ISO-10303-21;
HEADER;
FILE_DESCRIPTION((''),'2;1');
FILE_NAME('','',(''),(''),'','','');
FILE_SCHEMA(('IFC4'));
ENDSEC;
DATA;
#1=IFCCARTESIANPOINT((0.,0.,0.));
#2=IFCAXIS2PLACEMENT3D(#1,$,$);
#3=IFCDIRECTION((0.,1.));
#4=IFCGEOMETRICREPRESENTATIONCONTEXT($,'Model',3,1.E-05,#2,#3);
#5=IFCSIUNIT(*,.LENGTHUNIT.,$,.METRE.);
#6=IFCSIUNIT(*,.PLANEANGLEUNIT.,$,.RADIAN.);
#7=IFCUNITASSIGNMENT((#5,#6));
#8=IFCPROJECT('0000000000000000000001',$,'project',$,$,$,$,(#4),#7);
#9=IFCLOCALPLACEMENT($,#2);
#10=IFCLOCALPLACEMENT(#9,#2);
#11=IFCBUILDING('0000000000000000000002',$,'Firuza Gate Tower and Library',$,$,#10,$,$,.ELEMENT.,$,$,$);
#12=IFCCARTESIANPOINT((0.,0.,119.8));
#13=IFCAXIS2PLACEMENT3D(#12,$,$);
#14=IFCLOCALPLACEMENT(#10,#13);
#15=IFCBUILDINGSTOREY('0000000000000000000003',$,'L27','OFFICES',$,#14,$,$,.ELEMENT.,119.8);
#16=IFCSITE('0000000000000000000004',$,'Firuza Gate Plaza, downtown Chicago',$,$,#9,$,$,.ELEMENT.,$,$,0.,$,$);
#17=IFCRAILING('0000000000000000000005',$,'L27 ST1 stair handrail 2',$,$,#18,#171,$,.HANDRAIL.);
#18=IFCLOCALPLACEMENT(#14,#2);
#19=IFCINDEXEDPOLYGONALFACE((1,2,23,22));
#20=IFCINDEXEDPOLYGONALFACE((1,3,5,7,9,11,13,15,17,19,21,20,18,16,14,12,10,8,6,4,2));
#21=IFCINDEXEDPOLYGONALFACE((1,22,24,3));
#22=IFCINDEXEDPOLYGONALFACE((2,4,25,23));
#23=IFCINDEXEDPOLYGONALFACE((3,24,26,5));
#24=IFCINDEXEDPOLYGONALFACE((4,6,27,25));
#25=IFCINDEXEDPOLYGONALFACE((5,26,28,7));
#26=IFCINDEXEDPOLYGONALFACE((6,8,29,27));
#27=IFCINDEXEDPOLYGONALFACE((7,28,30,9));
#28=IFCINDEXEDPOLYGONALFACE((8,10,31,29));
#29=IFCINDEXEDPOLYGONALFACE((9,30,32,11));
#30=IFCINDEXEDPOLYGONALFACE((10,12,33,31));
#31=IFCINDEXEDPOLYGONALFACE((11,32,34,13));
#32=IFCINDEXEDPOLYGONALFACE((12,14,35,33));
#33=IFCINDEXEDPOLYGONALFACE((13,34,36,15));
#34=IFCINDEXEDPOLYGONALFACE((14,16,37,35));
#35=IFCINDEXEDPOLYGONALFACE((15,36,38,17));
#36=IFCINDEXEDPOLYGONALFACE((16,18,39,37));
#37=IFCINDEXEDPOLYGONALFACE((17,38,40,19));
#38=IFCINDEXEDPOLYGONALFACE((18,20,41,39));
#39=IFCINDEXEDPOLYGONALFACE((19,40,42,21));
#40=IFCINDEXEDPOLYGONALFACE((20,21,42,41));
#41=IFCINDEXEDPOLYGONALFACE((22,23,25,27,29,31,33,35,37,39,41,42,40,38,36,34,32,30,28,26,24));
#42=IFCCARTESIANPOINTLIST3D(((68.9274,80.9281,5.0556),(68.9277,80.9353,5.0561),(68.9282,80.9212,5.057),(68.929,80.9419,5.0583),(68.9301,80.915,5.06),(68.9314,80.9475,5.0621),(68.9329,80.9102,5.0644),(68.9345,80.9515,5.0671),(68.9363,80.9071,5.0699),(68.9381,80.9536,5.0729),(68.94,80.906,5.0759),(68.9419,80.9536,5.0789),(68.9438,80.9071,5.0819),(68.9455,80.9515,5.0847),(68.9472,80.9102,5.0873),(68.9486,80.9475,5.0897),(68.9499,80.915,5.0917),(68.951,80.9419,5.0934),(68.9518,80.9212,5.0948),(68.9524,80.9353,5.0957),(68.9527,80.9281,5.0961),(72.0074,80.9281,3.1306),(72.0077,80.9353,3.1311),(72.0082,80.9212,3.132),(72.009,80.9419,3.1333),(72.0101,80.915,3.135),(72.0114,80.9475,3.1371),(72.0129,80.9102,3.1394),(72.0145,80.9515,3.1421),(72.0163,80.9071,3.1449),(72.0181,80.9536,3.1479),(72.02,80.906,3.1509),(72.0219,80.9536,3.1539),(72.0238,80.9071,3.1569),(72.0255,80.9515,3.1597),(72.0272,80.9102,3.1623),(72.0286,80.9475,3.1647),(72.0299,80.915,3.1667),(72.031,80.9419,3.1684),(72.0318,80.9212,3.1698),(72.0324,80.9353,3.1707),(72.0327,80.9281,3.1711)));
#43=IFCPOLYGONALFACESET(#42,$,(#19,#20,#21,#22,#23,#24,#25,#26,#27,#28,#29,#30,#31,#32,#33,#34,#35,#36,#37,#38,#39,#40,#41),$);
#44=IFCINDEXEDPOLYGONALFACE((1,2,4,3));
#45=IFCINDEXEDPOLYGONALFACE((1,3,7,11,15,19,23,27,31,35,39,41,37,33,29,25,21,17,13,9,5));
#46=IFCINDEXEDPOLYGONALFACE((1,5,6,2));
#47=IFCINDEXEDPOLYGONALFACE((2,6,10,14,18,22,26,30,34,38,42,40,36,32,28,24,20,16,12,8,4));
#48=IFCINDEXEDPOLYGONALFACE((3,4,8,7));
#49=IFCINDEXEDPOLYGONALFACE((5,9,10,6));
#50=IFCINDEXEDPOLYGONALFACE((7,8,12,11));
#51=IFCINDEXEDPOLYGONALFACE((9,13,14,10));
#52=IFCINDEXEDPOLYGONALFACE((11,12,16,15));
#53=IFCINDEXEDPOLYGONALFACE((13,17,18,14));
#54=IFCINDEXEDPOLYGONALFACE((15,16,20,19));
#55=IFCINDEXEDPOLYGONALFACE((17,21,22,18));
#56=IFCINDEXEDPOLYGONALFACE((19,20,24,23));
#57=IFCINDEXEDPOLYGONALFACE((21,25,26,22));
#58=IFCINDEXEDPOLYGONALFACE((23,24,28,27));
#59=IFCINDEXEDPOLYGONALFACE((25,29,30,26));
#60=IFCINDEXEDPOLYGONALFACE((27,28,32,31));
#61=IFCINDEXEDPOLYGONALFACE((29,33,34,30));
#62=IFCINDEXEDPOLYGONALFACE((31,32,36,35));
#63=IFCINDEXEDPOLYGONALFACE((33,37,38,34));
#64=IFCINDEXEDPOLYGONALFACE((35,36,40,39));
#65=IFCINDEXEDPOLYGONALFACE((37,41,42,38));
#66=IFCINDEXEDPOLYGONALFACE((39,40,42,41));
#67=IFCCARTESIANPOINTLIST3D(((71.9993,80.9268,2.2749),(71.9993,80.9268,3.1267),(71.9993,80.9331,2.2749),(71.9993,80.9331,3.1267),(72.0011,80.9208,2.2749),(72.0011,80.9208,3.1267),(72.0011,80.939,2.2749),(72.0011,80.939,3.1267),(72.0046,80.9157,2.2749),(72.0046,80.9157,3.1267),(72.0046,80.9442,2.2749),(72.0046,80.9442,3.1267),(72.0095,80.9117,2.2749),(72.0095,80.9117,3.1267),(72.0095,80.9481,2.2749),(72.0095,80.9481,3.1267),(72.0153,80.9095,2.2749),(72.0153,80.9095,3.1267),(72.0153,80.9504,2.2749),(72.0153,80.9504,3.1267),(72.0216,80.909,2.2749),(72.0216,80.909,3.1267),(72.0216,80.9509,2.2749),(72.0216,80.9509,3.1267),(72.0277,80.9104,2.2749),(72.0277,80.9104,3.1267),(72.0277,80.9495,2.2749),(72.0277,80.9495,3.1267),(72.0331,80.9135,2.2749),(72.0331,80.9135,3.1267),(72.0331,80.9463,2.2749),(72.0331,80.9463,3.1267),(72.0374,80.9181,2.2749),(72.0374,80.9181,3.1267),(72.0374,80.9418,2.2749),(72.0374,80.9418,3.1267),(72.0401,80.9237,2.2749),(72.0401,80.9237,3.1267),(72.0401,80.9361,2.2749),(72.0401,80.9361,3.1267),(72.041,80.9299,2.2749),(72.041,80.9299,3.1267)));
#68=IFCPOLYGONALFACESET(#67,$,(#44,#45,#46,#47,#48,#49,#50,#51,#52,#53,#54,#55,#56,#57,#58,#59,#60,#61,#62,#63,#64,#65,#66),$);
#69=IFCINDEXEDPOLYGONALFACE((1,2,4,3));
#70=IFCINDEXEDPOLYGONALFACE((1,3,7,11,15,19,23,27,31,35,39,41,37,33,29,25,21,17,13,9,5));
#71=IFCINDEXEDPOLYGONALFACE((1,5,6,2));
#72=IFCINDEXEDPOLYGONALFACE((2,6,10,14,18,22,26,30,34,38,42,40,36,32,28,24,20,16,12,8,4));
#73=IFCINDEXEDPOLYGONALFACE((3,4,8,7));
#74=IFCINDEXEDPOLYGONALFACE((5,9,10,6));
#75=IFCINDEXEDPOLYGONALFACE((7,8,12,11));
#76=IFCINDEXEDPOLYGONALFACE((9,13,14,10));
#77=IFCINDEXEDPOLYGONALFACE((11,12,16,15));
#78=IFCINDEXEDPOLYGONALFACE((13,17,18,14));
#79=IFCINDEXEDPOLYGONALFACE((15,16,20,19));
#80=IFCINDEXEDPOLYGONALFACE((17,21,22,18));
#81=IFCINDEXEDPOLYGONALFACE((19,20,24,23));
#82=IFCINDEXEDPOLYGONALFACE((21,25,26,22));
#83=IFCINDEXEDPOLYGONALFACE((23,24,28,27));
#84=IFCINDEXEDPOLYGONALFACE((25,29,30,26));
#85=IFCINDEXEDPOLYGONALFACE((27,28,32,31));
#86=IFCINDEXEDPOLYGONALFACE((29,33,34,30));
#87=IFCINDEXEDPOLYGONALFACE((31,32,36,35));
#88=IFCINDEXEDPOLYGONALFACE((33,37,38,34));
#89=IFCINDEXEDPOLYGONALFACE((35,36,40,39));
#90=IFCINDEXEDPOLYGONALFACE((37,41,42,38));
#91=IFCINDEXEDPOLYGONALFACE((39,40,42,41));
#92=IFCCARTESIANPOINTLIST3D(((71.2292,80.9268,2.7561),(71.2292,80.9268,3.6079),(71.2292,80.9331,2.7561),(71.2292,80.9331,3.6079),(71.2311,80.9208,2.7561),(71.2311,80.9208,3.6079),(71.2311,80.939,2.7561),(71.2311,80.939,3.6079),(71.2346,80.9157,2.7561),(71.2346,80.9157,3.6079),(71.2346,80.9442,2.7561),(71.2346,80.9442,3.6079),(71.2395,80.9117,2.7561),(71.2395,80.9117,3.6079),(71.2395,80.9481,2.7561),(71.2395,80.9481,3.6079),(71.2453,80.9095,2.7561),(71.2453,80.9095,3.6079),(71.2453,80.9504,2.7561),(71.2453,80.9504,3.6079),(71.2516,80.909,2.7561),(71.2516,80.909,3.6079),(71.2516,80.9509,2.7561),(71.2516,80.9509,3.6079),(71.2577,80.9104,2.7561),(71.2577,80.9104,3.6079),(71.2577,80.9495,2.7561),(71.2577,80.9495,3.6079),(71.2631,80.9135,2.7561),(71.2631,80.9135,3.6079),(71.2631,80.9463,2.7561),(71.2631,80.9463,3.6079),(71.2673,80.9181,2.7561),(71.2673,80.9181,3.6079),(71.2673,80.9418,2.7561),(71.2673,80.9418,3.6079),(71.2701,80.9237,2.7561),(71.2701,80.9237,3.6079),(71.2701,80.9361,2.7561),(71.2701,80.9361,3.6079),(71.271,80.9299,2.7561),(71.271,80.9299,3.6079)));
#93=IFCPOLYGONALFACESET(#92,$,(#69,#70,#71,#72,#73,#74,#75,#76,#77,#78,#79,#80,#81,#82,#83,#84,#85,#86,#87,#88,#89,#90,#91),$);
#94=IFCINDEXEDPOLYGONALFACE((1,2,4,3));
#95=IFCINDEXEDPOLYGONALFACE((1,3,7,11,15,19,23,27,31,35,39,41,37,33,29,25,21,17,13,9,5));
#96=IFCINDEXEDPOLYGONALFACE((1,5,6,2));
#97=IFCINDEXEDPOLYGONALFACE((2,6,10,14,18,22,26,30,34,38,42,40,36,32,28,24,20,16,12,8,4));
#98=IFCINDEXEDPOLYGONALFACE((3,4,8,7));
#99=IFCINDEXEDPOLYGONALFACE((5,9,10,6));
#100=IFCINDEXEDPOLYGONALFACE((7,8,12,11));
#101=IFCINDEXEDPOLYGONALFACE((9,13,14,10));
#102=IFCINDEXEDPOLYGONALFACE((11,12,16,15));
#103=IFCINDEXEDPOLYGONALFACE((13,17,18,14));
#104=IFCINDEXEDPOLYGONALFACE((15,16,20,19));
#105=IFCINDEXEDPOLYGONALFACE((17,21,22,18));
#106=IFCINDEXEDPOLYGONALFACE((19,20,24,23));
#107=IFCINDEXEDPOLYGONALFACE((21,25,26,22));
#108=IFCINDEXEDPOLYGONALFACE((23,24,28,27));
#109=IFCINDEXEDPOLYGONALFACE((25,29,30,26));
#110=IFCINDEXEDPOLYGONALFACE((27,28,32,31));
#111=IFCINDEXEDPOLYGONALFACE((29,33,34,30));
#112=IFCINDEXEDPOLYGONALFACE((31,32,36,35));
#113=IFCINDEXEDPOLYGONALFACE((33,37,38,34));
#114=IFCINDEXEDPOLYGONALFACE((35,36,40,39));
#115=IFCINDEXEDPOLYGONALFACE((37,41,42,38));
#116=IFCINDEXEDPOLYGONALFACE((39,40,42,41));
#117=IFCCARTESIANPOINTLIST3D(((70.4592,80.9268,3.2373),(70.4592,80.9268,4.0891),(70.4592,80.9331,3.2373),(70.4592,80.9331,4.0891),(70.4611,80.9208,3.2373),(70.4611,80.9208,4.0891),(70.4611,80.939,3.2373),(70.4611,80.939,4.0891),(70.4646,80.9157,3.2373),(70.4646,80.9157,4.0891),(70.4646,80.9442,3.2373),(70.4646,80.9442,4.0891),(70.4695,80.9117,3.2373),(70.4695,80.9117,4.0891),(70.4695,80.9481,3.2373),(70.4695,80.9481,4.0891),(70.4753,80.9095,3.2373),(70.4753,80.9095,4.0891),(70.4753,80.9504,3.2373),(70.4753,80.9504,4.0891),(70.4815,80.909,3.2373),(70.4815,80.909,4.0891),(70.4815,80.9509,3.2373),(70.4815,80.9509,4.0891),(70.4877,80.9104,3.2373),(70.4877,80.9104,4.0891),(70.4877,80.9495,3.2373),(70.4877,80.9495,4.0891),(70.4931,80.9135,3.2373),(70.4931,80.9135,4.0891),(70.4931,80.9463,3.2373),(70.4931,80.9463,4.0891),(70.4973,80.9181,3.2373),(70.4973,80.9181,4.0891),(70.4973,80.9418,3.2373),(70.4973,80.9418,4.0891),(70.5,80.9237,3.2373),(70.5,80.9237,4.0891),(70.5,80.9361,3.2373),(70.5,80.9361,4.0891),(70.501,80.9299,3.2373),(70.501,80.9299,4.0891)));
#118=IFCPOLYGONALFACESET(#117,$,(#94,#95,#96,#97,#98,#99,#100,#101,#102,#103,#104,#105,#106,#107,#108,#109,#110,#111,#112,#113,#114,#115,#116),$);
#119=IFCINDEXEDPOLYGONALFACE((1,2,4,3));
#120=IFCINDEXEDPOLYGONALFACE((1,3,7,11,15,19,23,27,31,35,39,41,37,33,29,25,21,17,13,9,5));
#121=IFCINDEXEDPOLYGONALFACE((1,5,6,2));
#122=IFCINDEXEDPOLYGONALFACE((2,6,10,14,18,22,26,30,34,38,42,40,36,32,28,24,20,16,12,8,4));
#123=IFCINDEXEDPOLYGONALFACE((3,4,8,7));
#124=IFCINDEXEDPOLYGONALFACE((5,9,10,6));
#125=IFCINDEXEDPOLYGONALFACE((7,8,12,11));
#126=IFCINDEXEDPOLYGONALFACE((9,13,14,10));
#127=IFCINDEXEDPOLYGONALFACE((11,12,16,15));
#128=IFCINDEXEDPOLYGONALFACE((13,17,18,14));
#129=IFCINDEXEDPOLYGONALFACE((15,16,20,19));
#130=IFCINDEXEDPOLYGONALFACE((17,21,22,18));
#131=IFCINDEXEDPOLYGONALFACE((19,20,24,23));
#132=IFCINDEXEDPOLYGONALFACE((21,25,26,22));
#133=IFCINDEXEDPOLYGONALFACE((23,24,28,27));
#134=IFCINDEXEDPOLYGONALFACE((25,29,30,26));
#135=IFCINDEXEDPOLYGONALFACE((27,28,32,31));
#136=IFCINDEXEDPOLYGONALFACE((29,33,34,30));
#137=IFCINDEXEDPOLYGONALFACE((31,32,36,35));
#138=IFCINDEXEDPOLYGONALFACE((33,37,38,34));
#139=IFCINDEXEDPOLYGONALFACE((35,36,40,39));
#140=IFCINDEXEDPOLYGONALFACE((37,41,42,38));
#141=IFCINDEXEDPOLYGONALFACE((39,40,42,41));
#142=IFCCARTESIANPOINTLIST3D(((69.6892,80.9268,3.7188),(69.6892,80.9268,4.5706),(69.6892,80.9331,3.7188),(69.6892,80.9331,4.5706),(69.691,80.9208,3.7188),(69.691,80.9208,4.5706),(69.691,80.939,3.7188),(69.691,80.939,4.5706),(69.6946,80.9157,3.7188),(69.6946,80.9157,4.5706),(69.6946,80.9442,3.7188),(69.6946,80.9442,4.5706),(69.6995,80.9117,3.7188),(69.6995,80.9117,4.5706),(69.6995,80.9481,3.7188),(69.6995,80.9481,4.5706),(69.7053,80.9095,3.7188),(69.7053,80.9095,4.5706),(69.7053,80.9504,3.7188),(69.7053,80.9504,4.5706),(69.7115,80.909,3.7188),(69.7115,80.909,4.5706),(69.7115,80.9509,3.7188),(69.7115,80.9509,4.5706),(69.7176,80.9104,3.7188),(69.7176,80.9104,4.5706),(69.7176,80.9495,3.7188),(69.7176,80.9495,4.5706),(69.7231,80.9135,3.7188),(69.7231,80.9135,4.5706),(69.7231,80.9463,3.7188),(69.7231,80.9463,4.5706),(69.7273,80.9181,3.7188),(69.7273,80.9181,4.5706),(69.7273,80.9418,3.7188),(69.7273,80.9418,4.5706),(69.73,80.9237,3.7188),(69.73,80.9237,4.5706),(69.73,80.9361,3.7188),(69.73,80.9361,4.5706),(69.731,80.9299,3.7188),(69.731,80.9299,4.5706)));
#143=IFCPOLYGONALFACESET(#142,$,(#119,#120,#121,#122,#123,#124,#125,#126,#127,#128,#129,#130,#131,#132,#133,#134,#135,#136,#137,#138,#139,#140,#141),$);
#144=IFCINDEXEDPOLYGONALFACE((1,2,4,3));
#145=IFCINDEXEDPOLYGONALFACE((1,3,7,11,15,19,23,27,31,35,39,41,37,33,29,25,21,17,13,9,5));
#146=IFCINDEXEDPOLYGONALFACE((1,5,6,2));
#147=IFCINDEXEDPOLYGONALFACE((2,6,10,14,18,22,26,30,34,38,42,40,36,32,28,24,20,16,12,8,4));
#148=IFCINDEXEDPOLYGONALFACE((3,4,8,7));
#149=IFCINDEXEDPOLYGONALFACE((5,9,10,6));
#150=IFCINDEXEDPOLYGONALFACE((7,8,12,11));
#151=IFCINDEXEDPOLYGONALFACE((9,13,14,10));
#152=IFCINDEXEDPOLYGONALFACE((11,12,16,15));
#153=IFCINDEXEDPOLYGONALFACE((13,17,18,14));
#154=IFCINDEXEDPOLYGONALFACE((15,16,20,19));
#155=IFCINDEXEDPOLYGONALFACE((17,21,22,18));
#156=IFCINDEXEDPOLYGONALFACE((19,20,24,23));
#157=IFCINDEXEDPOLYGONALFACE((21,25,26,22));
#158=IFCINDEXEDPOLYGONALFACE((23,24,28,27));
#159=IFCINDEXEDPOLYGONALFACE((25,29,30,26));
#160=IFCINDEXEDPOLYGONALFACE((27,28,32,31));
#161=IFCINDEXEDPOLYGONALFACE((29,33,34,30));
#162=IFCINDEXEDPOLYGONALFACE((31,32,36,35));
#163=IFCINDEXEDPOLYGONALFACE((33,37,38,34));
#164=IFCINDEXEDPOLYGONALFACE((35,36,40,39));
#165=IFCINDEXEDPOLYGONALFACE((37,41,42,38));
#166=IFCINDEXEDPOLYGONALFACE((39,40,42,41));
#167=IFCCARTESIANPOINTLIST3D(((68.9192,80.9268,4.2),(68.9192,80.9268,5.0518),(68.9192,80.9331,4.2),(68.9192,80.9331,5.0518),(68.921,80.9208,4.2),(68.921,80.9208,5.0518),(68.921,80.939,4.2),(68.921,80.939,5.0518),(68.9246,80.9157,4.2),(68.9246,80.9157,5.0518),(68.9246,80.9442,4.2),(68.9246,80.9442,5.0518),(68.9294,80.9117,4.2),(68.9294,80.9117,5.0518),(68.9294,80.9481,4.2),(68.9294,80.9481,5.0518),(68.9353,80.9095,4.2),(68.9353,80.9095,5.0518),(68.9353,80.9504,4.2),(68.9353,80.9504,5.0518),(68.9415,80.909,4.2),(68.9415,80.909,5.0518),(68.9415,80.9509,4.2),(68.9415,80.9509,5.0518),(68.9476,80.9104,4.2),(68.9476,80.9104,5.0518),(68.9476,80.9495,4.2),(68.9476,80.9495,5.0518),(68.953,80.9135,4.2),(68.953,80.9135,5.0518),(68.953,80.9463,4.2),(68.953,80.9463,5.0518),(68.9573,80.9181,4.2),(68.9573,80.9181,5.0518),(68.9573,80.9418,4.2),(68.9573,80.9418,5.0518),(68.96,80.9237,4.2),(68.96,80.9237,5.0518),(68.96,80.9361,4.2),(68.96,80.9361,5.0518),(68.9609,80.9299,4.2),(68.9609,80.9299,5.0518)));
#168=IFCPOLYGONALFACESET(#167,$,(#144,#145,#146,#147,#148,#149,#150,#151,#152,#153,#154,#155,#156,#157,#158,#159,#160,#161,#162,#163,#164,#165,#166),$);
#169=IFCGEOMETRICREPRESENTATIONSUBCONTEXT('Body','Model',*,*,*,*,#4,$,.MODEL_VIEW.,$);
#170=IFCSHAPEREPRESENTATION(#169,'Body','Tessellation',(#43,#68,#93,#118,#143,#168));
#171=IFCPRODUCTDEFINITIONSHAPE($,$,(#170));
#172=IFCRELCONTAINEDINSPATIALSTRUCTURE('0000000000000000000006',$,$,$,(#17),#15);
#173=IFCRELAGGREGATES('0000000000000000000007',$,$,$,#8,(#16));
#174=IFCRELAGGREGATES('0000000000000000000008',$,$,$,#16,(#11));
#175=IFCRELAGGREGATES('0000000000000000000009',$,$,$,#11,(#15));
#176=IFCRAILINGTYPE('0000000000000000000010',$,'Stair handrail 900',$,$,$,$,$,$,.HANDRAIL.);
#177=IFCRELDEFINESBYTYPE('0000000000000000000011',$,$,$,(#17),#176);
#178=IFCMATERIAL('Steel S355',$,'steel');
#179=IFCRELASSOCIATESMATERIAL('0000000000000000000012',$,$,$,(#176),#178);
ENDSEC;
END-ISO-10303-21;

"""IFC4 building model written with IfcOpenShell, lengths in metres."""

from ifc_helpers import new_model, si_unit, direction, frame, origin, origin_2d, place, context, subcontext, project, spatial, circle, extrude, material, type_object, element, save


model = new_model("IFC4")

# Units and contexts
model_context = context("Model", 3, precision=1e-05, world=origin(), true_north=direction((0.0, 1.0)))
body_context = subcontext(model_context, "Body", "Model", "MODEL_VIEW")
ifc_project = project(units=[si_unit("LENGTHUNIT", "METRE"), si_unit("PLANEANGLEUNIT", "RADIAN")], contexts=[model_context])

# Site, building, storey
site_placement = place(None, origin())
site = spatial("IfcSite", under=ifc_project, at=site_placement, Name="Firuza Gate Plaza, downtown Chicago", CompositionType="ELEMENT", RefElevation=0.0)
building_placement = place(site_placement, origin())
building = spatial("IfcBuilding", under=site, at=building_placement, Name="Firuza Gate Tower and Library", CompositionType="ELEMENT")
storey_placement = place(building_placement, frame((0.0, 0.0, 119.8)))
storey = spatial("IfcBuildingStorey", under=building, at=storey_placement, Name="L27", Description="OFFICES", CompositionType="ELEMENT", Elevation=119.8)

# Railing
ifc_material_1 = material(Name="Steel S355", Category="steel")
railing_type_1 = type_object("IfcRailingType", Name="Stair handrail 900", PredefinedType="HANDRAIL", material=ifc_material_1)
railing_1_placement = place(storey_placement, frame((72.02, 80.9299, 2.2749)))
element("IfcRailing", 1, at=railing_1_placement, inside=storey, type_object=railing_type_1, Name="L27 ST1 stair handrail 2", PredefinedType="HANDRAIL", context=body_context, shape_type="SweptSolid", body=[
    extrude(circle(Radius=0.0239, at=origin_2d()), frame((0.0, 0.0, 0.876), z_axis=(-0.847998, 0.0, 0.529999), x_axis=(0.0, -1.0, 0.0)), (0.0, 0.0, 1.0), 3.6321),
    extrude(circle(Radius=0.021, at=origin_2d()), origin(), (0.0, 0.0, 1.0), 0.8518),
    extrude(circle(Radius=0.021, at=origin_2d()), frame((-0.77, 0.0, 0.4812)), (0.0, 0.0, 1.0), 0.8518),
    extrude(circle(Radius=0.021, at=origin_2d()), frame((-1.54, 0.0, 0.9624)), (0.0, 0.0, 1.0), 0.8518),
    extrude(circle(Radius=0.021, at=origin_2d()), frame((-2.3101, 0.0, 1.4438)), (0.0, 0.0, 1.0), 0.8518),
    extrude(circle(Radius=0.021, at=origin_2d()), frame((-3.0801, 0.0, 1.925)), (0.0, 0.0, 1.0), 0.8518),
])

save(model, "model.ifc")
